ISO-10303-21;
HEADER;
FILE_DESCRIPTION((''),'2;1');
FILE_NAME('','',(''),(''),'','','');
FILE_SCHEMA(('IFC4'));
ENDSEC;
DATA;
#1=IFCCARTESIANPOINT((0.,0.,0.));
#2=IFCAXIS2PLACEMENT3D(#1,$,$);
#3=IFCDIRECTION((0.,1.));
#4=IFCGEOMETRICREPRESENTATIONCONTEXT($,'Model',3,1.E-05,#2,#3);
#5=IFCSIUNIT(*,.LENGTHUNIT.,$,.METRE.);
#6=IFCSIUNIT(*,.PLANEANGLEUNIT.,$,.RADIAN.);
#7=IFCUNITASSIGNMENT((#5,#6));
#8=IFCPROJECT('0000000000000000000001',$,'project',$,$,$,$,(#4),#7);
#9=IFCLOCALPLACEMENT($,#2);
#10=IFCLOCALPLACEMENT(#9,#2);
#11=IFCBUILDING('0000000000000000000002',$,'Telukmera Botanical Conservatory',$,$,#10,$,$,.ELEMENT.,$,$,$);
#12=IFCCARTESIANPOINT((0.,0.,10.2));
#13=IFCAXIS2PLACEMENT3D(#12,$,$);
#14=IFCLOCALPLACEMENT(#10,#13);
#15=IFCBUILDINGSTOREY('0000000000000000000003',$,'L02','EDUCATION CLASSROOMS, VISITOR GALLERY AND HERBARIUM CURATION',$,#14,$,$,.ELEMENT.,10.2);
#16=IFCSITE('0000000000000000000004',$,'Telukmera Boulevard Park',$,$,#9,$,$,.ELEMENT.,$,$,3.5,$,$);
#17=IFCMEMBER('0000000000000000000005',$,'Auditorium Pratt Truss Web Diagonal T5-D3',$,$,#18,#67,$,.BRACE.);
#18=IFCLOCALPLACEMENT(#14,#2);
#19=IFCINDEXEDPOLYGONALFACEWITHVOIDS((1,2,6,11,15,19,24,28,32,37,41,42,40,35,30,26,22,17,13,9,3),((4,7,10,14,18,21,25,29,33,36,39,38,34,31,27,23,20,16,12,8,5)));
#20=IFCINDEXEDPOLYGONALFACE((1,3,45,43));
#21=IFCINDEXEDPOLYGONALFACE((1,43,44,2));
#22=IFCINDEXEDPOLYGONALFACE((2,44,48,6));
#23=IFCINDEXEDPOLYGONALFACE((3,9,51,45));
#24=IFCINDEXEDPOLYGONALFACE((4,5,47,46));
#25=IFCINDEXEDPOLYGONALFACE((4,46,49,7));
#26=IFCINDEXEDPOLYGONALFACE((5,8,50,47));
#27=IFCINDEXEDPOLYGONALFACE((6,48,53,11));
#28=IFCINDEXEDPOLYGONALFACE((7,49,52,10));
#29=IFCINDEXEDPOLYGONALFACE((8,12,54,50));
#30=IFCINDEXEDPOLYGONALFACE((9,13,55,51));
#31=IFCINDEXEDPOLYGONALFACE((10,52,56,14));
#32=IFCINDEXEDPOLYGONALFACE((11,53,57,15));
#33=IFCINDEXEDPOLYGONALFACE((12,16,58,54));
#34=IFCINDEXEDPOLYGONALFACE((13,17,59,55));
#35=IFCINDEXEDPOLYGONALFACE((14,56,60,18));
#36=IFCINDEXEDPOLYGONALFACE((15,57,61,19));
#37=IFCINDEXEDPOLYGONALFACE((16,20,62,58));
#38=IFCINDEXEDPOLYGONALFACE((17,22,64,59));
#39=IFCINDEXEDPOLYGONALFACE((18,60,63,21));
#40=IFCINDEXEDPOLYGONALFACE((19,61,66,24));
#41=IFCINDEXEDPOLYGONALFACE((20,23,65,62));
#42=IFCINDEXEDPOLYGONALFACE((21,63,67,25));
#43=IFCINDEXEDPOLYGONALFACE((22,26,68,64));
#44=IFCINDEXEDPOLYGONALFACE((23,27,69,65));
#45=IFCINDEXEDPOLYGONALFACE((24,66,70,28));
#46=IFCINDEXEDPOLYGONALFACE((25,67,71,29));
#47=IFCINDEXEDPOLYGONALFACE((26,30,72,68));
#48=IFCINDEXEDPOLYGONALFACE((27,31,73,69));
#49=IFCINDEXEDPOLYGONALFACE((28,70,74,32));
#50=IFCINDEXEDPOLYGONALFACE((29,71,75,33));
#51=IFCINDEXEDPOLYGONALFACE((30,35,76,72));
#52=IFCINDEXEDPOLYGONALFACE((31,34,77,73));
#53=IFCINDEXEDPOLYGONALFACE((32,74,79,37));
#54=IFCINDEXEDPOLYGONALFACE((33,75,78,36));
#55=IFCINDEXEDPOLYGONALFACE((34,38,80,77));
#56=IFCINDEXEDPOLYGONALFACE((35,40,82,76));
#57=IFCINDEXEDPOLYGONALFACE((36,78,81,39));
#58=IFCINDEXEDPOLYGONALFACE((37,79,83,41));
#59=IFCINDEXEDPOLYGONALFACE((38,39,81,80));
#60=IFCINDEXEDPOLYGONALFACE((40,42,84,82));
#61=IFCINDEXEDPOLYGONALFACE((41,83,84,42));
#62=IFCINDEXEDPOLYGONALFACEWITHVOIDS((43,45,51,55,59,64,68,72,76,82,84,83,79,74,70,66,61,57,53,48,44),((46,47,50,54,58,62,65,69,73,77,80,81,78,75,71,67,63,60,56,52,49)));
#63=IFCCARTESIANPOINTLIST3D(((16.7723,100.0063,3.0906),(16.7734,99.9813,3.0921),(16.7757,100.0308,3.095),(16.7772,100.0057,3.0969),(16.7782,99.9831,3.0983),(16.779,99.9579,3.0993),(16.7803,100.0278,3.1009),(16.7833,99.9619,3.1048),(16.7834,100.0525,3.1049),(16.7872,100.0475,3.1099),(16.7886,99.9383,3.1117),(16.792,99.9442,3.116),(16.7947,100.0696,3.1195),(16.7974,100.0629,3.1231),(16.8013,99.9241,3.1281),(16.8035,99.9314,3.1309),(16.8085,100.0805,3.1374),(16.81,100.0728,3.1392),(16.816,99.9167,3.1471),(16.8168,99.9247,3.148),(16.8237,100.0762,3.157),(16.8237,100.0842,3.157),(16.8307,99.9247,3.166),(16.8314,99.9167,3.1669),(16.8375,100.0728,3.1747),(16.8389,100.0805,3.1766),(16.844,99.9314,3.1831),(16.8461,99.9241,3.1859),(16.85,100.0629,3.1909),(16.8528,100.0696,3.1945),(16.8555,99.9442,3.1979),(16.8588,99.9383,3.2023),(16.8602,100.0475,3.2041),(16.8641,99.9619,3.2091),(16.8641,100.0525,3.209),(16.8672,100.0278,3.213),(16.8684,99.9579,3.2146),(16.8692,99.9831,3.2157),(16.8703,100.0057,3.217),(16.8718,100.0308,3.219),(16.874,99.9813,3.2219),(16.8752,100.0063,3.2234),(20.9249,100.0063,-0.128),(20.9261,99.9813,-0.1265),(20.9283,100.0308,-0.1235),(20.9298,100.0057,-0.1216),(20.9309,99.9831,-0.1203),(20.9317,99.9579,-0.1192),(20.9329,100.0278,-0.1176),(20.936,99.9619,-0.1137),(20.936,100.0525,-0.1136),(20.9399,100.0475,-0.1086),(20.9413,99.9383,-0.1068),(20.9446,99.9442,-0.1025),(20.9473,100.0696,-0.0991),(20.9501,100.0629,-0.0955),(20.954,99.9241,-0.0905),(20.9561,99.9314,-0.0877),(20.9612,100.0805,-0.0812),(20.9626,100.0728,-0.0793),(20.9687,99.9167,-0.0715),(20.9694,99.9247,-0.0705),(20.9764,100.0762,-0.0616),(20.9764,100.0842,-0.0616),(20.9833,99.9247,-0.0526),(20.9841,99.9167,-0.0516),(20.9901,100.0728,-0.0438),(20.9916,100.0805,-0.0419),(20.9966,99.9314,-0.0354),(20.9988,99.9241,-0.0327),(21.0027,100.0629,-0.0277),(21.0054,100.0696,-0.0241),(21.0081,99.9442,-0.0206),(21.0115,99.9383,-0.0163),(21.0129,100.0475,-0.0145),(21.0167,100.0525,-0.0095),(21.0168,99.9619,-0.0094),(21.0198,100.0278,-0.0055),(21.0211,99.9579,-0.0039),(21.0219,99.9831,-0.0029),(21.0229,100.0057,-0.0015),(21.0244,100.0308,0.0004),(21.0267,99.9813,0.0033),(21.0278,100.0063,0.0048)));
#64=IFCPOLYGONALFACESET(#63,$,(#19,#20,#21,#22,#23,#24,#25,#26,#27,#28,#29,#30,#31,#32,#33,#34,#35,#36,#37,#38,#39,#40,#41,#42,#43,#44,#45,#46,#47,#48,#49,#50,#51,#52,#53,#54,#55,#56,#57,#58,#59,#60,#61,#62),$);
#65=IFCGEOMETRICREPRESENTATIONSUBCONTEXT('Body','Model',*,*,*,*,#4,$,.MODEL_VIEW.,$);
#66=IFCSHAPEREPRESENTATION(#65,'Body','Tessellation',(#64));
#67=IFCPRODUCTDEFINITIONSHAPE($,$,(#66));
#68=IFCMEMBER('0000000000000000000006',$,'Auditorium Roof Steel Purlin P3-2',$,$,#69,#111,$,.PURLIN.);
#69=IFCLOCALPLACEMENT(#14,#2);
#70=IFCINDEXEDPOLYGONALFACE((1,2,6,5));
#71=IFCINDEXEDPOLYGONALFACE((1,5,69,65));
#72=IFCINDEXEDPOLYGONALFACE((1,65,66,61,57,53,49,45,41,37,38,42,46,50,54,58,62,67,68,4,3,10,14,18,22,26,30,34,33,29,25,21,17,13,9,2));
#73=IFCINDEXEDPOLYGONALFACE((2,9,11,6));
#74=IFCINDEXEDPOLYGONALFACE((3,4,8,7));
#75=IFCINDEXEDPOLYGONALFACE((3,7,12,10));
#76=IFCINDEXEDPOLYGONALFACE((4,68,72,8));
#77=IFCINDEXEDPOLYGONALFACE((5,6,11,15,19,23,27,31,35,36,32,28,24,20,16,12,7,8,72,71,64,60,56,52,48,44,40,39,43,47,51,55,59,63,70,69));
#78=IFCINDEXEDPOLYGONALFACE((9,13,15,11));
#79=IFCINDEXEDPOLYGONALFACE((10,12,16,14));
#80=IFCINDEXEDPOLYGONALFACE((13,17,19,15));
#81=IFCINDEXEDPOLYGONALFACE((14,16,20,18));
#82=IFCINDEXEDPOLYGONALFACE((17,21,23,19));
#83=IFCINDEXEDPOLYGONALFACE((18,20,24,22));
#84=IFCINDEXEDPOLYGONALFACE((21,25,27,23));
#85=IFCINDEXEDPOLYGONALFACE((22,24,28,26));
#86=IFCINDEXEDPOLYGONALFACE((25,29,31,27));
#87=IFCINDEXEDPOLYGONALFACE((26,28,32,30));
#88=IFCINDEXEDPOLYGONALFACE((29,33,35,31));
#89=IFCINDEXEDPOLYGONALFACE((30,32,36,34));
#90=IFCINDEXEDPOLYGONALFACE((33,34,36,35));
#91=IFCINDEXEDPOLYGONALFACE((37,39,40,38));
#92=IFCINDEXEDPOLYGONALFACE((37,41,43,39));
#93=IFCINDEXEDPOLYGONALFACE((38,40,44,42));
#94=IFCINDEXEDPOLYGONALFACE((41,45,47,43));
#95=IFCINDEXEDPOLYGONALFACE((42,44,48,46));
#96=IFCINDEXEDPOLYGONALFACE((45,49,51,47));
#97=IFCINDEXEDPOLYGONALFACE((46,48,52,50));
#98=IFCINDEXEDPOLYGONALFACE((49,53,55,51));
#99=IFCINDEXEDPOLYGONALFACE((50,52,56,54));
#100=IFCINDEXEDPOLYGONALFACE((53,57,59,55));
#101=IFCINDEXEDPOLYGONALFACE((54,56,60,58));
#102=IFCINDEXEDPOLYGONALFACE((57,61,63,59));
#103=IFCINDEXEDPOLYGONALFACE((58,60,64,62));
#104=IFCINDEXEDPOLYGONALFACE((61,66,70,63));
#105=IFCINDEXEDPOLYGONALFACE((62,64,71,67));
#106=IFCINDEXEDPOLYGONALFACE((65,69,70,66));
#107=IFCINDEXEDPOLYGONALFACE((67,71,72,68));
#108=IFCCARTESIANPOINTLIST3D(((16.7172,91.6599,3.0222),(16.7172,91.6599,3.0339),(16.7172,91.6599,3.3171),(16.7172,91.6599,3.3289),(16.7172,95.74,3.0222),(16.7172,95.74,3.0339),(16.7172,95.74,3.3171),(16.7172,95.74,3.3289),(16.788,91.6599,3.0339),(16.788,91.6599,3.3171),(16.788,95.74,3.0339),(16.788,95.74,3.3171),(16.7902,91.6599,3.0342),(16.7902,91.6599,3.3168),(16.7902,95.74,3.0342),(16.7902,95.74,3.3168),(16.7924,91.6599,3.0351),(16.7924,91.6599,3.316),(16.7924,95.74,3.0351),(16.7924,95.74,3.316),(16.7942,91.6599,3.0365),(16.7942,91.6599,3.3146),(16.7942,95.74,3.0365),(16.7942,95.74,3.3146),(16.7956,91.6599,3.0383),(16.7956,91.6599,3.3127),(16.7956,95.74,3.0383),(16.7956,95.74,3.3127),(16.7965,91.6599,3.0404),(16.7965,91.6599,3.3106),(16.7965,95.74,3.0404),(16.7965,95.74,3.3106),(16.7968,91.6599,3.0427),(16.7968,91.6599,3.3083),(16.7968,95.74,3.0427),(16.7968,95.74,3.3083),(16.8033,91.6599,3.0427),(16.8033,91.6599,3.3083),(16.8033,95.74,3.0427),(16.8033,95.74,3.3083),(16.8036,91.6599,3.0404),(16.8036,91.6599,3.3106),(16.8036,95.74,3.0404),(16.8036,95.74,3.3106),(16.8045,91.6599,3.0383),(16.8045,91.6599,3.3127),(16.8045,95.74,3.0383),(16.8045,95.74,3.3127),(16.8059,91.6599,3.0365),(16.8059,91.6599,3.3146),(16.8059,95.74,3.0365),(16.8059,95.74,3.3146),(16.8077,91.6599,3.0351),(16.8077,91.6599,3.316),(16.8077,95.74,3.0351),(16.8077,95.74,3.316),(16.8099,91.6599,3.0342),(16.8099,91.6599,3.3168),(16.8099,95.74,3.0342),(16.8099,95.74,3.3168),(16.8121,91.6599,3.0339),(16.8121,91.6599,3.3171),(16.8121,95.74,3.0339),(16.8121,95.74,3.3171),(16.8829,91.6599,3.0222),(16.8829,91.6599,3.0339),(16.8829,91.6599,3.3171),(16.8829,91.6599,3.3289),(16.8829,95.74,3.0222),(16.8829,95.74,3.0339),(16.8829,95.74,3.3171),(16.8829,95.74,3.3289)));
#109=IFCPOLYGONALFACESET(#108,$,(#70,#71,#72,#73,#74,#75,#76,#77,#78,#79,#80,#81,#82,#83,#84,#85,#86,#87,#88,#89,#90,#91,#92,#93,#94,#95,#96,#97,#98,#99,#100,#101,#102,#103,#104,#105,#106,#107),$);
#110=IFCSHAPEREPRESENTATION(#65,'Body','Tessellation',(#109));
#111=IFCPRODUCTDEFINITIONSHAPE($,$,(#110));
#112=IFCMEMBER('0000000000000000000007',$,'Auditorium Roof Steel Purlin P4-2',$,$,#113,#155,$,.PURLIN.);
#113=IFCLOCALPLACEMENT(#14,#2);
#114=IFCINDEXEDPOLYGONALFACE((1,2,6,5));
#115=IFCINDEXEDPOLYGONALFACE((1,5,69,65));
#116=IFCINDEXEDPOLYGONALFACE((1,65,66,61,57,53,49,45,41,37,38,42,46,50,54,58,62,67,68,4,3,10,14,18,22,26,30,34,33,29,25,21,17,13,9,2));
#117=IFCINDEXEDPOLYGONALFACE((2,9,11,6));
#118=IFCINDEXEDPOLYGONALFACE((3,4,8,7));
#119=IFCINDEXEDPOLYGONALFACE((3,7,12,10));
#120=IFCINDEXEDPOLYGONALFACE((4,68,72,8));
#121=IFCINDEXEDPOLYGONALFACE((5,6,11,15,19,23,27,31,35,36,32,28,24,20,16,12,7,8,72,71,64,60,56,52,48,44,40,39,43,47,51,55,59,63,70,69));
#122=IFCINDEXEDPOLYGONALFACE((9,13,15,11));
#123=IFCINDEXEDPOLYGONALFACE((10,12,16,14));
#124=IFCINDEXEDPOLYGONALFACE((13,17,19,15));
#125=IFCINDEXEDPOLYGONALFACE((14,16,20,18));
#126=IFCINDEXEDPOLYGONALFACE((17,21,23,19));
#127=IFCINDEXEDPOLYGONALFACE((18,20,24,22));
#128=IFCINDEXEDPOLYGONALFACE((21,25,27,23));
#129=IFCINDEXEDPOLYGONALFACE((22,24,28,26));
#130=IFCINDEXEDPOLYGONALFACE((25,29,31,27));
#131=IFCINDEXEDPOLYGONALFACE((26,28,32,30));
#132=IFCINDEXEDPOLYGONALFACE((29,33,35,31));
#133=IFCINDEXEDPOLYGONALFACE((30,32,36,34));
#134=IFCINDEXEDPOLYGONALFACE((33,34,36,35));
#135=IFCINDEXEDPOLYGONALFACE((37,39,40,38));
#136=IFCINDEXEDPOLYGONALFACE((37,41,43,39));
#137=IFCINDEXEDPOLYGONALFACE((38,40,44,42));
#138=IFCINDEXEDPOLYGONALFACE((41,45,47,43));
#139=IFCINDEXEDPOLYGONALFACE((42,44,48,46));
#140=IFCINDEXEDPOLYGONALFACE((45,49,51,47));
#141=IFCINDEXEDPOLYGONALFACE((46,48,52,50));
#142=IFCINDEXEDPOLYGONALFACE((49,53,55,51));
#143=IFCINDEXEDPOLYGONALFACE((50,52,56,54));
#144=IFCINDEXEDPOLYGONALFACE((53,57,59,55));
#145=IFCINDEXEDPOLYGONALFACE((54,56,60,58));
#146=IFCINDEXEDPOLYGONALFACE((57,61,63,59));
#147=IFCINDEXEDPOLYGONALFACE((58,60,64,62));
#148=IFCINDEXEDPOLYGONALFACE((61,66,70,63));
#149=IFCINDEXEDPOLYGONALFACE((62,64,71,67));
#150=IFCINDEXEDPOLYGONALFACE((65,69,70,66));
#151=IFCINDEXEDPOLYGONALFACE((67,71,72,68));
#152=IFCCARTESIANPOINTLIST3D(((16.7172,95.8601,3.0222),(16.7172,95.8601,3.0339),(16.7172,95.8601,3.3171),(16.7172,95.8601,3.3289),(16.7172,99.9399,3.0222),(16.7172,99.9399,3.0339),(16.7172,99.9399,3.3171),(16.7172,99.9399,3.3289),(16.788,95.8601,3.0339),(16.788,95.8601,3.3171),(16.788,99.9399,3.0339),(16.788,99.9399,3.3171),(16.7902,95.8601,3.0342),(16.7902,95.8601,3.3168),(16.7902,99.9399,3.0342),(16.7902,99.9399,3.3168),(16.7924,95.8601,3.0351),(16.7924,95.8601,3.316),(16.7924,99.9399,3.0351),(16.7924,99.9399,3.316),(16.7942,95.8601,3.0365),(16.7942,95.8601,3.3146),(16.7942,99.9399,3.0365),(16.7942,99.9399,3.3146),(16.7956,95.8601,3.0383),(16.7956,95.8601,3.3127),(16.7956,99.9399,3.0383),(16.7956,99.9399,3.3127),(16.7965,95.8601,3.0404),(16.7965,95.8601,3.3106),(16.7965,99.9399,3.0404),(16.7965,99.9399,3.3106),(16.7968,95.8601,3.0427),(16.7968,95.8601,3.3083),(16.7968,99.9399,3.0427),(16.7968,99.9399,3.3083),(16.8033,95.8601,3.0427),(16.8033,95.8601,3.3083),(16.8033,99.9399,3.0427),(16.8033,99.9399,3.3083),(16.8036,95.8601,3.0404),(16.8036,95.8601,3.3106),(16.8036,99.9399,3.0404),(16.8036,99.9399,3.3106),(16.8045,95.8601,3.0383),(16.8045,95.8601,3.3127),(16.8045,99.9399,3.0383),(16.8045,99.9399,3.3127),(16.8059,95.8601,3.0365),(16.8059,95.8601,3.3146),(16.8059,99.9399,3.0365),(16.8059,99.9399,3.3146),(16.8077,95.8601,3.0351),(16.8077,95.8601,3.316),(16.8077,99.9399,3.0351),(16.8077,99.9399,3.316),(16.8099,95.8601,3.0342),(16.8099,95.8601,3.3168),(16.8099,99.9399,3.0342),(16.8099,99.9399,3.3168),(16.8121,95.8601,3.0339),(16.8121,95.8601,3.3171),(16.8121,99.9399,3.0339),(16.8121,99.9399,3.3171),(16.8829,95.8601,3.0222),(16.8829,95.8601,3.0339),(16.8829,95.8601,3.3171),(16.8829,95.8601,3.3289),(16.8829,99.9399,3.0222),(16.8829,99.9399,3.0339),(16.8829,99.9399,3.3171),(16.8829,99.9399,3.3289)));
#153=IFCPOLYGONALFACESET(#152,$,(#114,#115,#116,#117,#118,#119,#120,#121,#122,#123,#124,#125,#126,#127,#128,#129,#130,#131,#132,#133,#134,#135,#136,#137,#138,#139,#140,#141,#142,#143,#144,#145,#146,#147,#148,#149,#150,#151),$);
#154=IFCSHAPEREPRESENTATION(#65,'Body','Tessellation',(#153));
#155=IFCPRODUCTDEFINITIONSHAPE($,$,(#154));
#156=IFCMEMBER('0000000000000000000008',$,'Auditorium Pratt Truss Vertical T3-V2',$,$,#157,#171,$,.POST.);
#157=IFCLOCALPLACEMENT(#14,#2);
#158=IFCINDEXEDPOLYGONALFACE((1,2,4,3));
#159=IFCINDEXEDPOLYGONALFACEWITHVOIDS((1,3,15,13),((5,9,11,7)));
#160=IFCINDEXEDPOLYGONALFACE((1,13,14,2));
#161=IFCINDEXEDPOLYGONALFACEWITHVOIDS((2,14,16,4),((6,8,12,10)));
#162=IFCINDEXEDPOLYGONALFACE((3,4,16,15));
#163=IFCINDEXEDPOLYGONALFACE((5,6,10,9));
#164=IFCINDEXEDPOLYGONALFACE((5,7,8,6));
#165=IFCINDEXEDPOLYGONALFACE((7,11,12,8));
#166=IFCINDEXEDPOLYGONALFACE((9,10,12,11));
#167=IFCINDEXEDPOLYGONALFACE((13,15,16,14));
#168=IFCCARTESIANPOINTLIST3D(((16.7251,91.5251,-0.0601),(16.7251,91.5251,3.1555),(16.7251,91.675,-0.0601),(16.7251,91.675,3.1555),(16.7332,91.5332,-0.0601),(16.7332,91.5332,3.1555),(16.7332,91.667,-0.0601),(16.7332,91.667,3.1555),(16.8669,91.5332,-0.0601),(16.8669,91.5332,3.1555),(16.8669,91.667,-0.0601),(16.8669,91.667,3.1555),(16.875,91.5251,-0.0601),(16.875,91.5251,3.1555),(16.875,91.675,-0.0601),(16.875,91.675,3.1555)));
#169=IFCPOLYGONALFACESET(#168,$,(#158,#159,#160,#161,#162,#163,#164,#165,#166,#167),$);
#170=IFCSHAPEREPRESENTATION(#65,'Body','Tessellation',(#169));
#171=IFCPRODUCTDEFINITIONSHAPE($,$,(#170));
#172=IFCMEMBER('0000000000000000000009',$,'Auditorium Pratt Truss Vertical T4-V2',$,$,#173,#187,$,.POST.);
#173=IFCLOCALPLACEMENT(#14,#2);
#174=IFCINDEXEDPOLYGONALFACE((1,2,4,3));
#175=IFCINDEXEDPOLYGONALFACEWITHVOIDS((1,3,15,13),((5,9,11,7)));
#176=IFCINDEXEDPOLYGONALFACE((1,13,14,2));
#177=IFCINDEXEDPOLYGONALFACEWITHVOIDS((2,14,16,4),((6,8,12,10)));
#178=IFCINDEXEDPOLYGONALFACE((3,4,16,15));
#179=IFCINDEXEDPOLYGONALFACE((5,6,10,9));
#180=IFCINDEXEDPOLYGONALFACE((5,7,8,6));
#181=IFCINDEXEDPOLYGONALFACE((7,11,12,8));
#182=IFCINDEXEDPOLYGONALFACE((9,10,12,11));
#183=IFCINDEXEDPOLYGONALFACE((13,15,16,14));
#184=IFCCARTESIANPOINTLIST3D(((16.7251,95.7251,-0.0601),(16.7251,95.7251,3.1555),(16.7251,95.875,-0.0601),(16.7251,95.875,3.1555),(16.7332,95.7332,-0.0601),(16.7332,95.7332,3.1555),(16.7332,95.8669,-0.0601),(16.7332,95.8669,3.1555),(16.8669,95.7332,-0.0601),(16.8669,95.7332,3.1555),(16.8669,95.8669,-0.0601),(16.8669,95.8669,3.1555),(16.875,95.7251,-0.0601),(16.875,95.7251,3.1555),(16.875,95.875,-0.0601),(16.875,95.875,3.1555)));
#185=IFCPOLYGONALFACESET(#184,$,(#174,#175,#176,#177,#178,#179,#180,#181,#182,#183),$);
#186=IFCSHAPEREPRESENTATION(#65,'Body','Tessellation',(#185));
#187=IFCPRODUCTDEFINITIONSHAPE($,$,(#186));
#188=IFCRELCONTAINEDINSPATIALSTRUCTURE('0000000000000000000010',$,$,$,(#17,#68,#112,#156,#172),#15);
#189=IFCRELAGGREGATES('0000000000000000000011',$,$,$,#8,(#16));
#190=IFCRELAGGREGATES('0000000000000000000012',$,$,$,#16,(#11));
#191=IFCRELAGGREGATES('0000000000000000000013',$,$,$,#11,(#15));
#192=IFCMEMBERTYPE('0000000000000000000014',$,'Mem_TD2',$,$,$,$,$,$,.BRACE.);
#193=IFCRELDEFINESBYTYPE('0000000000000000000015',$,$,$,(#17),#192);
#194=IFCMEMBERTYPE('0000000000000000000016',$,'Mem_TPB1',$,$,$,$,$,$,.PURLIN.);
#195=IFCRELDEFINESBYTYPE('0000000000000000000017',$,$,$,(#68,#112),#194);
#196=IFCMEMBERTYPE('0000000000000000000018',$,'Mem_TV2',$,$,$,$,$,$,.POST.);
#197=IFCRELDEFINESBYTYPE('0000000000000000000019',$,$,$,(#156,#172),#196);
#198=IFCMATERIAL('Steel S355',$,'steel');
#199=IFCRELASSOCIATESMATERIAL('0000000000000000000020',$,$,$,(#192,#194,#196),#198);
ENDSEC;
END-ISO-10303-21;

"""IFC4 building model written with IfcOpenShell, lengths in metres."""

from ifc_helpers import new_model, si_unit, direction, frame, origin, origin_2d, place, context, subcontext, project, spatial, hollow_rectangle, hollow_circle, i_section, extrude, material, material_profile, profile_set, type_object, element, save


model = new_model("IFC4")

# Units and contexts
model_context = context("Model", 3, precision=1e-05, world=origin(), true_north=direction((0.0, 1.0)))
body_context = subcontext(model_context, "Body", "Model", "MODEL_VIEW")
ifc_project = project(units=[si_unit("LENGTHUNIT", "METRE"), si_unit("PLANEANGLEUNIT", "RADIAN")], contexts=[model_context])

# Site, building, storey
site_placement = place(None, origin())
site = spatial("IfcSite", under=ifc_project, at=site_placement, Name="Telukmera Boulevard Park", CompositionType="ELEMENT", RefElevation=3.5)
building_placement = place(site_placement, origin())
building = spatial("IfcBuilding", under=site, at=building_placement, Name="Telukmera Botanical Conservatory", CompositionType="ELEMENT")
storey_placement = place(building_placement, frame((0.0, 0.0, 10.2)))
storey = spatial("IfcBuildingStorey", under=building, at=storey_placement, Name="L02", Description="EDUCATION CLASSROOMS, VISITOR GALLERY AND HERBARIUM CURATION", CompositionType="ELEMENT", Elevation=10.2)

# Members
ifc_material = material(Name="Steel S355", Category="steel")
ifc_material_profile_1 = material_profile(ifc_material, hollow_circle(Radius=0.0842, WallThickness=0.0081, at=origin_2d()), Name="CHS 168.3x8.0")
ifc_profile_set_1 = profile_set([ifc_material_profile_1], Name="Steel S355")
member_type_1 = type_object("IfcMemberType", Name="Mem_TD2", PredefinedType="BRACE", material=ifc_profile_set_1)
for number, where, z_axis, x_axis, name in (
    (1, (16.8237, 100.0, 3.157), (0.790392, 0.0, -0.612601), (0.0, 1.0, 0.0), "Auditorium Pratt Truss Web Diagonal T5-D3"),
):
    element("IfcMember", number, at=place(storey_placement, frame(where, z_axis=z_axis, x_axis=x_axis)), inside=storey, type_object=member_type_1, Name=name, PredefinedType="BRACE", context=body_context, shape_type="SweptSolid", body=[
        extrude(hollow_circle(Radius=0.0842, WallThickness=0.0081, at=origin_2d()), origin(), (0.0, 0.0, 1.0), 5.2539),
    ])
ifc_material_profile_2 = material_profile(ifc_material, i_section(OverallWidth=0.1658, OverallDepth=0.3066, WebThickness=0.0066, FlangeThickness=0.0117, FilletRadius=0.0088, at=origin_2d()), Name="UB 305x165x46")
ifc_profile_set_2 = profile_set([ifc_material_profile_2], Name="Steel S355")
member_type_2 = type_object("IfcMemberType", Name="Mem_TPB1", PredefinedType="PURLIN", material=ifc_profile_set_2)
member_1_placement = place(storey_placement, frame((16.8, 91.6599, 3.1755), z_axis=(0.0, 1.0, 0.0), x_axis=(-1.0, 0.0, 0.0)))
element("IfcMember", 2, at=member_1_placement, inside=storey, type_object=member_type_2, Name="Auditorium Roof Steel Purlin P3-2", PredefinedType="PURLIN", context=body_context, shape_type="SweptSolid", body=[
    extrude(i_section(OverallWidth=0.1658, OverallDepth=0.3066, WebThickness=0.0066, FlangeThickness=0.0117, FilletRadius=0.0088, at=origin_2d()), origin(), (0.0, 0.0, 1.0), 4.0801),
])
member_2_placement = place(storey_placement, frame((16.8, 95.8601, 3.1755), z_axis=(0.0, 1.0, 0.0), x_axis=(-1.0, 0.0, 0.0)))
element("IfcMember", 3, at=member_2_placement, inside=storey, type_object=member_type_2, Name="Auditorium Roof Steel Purlin P4-2", PredefinedType="PURLIN", context=body_context, shape_type="SweptSolid", body=[
    extrude(i_section(OverallWidth=0.1658, OverallDepth=0.3066, WebThickness=0.0066, FlangeThickness=0.0117, FilletRadius=0.0088, at=origin_2d()), origin(), (0.0, 0.0, 1.0), 4.0798),
])
ifc_material_profile_3 = material_profile(ifc_material, hollow_rectangle(XDim=0.1499, YDim=0.1499, WallThickness=0.0081, at=origin_2d()), Name="SHS 150x150x8.0")
ifc_profile_set_3 = profile_set([ifc_material_profile_3], Name="Steel S355")
member_type_3 = type_object("IfcMemberType", Name="Mem_TV2", PredefinedType="POST", material=ifc_profile_set_3)
for number, where, z_axis, x_axis, name in (
    (4, (16.8, 91.6001, -0.0601), (0.0, 0.0, 1.0), (1.0, 0.0, 0.0), "Auditorium Pratt Truss Vertical T3-V2"),
    (5, (16.8, 95.8, -0.0601), (0.0, 0.0, 1.0), (1.0, 0.0, 0.0), "Auditorium Pratt Truss Vertical T4-V2"),
):
    element("IfcMember", number, at=place(storey_placement, frame(where, z_axis=z_axis, x_axis=x_axis)), inside=storey, type_object=member_type_3, Name=name, PredefinedType="POST", context=body_context, shape_type="SweptSolid", body=[
        extrude(hollow_rectangle(XDim=0.1499, YDim=0.1499, WallThickness=0.0081, at=origin_2d()), origin(), (0.0, 0.0, 1.0), 3.2156),
    ])

save(model, "model.ifc")
